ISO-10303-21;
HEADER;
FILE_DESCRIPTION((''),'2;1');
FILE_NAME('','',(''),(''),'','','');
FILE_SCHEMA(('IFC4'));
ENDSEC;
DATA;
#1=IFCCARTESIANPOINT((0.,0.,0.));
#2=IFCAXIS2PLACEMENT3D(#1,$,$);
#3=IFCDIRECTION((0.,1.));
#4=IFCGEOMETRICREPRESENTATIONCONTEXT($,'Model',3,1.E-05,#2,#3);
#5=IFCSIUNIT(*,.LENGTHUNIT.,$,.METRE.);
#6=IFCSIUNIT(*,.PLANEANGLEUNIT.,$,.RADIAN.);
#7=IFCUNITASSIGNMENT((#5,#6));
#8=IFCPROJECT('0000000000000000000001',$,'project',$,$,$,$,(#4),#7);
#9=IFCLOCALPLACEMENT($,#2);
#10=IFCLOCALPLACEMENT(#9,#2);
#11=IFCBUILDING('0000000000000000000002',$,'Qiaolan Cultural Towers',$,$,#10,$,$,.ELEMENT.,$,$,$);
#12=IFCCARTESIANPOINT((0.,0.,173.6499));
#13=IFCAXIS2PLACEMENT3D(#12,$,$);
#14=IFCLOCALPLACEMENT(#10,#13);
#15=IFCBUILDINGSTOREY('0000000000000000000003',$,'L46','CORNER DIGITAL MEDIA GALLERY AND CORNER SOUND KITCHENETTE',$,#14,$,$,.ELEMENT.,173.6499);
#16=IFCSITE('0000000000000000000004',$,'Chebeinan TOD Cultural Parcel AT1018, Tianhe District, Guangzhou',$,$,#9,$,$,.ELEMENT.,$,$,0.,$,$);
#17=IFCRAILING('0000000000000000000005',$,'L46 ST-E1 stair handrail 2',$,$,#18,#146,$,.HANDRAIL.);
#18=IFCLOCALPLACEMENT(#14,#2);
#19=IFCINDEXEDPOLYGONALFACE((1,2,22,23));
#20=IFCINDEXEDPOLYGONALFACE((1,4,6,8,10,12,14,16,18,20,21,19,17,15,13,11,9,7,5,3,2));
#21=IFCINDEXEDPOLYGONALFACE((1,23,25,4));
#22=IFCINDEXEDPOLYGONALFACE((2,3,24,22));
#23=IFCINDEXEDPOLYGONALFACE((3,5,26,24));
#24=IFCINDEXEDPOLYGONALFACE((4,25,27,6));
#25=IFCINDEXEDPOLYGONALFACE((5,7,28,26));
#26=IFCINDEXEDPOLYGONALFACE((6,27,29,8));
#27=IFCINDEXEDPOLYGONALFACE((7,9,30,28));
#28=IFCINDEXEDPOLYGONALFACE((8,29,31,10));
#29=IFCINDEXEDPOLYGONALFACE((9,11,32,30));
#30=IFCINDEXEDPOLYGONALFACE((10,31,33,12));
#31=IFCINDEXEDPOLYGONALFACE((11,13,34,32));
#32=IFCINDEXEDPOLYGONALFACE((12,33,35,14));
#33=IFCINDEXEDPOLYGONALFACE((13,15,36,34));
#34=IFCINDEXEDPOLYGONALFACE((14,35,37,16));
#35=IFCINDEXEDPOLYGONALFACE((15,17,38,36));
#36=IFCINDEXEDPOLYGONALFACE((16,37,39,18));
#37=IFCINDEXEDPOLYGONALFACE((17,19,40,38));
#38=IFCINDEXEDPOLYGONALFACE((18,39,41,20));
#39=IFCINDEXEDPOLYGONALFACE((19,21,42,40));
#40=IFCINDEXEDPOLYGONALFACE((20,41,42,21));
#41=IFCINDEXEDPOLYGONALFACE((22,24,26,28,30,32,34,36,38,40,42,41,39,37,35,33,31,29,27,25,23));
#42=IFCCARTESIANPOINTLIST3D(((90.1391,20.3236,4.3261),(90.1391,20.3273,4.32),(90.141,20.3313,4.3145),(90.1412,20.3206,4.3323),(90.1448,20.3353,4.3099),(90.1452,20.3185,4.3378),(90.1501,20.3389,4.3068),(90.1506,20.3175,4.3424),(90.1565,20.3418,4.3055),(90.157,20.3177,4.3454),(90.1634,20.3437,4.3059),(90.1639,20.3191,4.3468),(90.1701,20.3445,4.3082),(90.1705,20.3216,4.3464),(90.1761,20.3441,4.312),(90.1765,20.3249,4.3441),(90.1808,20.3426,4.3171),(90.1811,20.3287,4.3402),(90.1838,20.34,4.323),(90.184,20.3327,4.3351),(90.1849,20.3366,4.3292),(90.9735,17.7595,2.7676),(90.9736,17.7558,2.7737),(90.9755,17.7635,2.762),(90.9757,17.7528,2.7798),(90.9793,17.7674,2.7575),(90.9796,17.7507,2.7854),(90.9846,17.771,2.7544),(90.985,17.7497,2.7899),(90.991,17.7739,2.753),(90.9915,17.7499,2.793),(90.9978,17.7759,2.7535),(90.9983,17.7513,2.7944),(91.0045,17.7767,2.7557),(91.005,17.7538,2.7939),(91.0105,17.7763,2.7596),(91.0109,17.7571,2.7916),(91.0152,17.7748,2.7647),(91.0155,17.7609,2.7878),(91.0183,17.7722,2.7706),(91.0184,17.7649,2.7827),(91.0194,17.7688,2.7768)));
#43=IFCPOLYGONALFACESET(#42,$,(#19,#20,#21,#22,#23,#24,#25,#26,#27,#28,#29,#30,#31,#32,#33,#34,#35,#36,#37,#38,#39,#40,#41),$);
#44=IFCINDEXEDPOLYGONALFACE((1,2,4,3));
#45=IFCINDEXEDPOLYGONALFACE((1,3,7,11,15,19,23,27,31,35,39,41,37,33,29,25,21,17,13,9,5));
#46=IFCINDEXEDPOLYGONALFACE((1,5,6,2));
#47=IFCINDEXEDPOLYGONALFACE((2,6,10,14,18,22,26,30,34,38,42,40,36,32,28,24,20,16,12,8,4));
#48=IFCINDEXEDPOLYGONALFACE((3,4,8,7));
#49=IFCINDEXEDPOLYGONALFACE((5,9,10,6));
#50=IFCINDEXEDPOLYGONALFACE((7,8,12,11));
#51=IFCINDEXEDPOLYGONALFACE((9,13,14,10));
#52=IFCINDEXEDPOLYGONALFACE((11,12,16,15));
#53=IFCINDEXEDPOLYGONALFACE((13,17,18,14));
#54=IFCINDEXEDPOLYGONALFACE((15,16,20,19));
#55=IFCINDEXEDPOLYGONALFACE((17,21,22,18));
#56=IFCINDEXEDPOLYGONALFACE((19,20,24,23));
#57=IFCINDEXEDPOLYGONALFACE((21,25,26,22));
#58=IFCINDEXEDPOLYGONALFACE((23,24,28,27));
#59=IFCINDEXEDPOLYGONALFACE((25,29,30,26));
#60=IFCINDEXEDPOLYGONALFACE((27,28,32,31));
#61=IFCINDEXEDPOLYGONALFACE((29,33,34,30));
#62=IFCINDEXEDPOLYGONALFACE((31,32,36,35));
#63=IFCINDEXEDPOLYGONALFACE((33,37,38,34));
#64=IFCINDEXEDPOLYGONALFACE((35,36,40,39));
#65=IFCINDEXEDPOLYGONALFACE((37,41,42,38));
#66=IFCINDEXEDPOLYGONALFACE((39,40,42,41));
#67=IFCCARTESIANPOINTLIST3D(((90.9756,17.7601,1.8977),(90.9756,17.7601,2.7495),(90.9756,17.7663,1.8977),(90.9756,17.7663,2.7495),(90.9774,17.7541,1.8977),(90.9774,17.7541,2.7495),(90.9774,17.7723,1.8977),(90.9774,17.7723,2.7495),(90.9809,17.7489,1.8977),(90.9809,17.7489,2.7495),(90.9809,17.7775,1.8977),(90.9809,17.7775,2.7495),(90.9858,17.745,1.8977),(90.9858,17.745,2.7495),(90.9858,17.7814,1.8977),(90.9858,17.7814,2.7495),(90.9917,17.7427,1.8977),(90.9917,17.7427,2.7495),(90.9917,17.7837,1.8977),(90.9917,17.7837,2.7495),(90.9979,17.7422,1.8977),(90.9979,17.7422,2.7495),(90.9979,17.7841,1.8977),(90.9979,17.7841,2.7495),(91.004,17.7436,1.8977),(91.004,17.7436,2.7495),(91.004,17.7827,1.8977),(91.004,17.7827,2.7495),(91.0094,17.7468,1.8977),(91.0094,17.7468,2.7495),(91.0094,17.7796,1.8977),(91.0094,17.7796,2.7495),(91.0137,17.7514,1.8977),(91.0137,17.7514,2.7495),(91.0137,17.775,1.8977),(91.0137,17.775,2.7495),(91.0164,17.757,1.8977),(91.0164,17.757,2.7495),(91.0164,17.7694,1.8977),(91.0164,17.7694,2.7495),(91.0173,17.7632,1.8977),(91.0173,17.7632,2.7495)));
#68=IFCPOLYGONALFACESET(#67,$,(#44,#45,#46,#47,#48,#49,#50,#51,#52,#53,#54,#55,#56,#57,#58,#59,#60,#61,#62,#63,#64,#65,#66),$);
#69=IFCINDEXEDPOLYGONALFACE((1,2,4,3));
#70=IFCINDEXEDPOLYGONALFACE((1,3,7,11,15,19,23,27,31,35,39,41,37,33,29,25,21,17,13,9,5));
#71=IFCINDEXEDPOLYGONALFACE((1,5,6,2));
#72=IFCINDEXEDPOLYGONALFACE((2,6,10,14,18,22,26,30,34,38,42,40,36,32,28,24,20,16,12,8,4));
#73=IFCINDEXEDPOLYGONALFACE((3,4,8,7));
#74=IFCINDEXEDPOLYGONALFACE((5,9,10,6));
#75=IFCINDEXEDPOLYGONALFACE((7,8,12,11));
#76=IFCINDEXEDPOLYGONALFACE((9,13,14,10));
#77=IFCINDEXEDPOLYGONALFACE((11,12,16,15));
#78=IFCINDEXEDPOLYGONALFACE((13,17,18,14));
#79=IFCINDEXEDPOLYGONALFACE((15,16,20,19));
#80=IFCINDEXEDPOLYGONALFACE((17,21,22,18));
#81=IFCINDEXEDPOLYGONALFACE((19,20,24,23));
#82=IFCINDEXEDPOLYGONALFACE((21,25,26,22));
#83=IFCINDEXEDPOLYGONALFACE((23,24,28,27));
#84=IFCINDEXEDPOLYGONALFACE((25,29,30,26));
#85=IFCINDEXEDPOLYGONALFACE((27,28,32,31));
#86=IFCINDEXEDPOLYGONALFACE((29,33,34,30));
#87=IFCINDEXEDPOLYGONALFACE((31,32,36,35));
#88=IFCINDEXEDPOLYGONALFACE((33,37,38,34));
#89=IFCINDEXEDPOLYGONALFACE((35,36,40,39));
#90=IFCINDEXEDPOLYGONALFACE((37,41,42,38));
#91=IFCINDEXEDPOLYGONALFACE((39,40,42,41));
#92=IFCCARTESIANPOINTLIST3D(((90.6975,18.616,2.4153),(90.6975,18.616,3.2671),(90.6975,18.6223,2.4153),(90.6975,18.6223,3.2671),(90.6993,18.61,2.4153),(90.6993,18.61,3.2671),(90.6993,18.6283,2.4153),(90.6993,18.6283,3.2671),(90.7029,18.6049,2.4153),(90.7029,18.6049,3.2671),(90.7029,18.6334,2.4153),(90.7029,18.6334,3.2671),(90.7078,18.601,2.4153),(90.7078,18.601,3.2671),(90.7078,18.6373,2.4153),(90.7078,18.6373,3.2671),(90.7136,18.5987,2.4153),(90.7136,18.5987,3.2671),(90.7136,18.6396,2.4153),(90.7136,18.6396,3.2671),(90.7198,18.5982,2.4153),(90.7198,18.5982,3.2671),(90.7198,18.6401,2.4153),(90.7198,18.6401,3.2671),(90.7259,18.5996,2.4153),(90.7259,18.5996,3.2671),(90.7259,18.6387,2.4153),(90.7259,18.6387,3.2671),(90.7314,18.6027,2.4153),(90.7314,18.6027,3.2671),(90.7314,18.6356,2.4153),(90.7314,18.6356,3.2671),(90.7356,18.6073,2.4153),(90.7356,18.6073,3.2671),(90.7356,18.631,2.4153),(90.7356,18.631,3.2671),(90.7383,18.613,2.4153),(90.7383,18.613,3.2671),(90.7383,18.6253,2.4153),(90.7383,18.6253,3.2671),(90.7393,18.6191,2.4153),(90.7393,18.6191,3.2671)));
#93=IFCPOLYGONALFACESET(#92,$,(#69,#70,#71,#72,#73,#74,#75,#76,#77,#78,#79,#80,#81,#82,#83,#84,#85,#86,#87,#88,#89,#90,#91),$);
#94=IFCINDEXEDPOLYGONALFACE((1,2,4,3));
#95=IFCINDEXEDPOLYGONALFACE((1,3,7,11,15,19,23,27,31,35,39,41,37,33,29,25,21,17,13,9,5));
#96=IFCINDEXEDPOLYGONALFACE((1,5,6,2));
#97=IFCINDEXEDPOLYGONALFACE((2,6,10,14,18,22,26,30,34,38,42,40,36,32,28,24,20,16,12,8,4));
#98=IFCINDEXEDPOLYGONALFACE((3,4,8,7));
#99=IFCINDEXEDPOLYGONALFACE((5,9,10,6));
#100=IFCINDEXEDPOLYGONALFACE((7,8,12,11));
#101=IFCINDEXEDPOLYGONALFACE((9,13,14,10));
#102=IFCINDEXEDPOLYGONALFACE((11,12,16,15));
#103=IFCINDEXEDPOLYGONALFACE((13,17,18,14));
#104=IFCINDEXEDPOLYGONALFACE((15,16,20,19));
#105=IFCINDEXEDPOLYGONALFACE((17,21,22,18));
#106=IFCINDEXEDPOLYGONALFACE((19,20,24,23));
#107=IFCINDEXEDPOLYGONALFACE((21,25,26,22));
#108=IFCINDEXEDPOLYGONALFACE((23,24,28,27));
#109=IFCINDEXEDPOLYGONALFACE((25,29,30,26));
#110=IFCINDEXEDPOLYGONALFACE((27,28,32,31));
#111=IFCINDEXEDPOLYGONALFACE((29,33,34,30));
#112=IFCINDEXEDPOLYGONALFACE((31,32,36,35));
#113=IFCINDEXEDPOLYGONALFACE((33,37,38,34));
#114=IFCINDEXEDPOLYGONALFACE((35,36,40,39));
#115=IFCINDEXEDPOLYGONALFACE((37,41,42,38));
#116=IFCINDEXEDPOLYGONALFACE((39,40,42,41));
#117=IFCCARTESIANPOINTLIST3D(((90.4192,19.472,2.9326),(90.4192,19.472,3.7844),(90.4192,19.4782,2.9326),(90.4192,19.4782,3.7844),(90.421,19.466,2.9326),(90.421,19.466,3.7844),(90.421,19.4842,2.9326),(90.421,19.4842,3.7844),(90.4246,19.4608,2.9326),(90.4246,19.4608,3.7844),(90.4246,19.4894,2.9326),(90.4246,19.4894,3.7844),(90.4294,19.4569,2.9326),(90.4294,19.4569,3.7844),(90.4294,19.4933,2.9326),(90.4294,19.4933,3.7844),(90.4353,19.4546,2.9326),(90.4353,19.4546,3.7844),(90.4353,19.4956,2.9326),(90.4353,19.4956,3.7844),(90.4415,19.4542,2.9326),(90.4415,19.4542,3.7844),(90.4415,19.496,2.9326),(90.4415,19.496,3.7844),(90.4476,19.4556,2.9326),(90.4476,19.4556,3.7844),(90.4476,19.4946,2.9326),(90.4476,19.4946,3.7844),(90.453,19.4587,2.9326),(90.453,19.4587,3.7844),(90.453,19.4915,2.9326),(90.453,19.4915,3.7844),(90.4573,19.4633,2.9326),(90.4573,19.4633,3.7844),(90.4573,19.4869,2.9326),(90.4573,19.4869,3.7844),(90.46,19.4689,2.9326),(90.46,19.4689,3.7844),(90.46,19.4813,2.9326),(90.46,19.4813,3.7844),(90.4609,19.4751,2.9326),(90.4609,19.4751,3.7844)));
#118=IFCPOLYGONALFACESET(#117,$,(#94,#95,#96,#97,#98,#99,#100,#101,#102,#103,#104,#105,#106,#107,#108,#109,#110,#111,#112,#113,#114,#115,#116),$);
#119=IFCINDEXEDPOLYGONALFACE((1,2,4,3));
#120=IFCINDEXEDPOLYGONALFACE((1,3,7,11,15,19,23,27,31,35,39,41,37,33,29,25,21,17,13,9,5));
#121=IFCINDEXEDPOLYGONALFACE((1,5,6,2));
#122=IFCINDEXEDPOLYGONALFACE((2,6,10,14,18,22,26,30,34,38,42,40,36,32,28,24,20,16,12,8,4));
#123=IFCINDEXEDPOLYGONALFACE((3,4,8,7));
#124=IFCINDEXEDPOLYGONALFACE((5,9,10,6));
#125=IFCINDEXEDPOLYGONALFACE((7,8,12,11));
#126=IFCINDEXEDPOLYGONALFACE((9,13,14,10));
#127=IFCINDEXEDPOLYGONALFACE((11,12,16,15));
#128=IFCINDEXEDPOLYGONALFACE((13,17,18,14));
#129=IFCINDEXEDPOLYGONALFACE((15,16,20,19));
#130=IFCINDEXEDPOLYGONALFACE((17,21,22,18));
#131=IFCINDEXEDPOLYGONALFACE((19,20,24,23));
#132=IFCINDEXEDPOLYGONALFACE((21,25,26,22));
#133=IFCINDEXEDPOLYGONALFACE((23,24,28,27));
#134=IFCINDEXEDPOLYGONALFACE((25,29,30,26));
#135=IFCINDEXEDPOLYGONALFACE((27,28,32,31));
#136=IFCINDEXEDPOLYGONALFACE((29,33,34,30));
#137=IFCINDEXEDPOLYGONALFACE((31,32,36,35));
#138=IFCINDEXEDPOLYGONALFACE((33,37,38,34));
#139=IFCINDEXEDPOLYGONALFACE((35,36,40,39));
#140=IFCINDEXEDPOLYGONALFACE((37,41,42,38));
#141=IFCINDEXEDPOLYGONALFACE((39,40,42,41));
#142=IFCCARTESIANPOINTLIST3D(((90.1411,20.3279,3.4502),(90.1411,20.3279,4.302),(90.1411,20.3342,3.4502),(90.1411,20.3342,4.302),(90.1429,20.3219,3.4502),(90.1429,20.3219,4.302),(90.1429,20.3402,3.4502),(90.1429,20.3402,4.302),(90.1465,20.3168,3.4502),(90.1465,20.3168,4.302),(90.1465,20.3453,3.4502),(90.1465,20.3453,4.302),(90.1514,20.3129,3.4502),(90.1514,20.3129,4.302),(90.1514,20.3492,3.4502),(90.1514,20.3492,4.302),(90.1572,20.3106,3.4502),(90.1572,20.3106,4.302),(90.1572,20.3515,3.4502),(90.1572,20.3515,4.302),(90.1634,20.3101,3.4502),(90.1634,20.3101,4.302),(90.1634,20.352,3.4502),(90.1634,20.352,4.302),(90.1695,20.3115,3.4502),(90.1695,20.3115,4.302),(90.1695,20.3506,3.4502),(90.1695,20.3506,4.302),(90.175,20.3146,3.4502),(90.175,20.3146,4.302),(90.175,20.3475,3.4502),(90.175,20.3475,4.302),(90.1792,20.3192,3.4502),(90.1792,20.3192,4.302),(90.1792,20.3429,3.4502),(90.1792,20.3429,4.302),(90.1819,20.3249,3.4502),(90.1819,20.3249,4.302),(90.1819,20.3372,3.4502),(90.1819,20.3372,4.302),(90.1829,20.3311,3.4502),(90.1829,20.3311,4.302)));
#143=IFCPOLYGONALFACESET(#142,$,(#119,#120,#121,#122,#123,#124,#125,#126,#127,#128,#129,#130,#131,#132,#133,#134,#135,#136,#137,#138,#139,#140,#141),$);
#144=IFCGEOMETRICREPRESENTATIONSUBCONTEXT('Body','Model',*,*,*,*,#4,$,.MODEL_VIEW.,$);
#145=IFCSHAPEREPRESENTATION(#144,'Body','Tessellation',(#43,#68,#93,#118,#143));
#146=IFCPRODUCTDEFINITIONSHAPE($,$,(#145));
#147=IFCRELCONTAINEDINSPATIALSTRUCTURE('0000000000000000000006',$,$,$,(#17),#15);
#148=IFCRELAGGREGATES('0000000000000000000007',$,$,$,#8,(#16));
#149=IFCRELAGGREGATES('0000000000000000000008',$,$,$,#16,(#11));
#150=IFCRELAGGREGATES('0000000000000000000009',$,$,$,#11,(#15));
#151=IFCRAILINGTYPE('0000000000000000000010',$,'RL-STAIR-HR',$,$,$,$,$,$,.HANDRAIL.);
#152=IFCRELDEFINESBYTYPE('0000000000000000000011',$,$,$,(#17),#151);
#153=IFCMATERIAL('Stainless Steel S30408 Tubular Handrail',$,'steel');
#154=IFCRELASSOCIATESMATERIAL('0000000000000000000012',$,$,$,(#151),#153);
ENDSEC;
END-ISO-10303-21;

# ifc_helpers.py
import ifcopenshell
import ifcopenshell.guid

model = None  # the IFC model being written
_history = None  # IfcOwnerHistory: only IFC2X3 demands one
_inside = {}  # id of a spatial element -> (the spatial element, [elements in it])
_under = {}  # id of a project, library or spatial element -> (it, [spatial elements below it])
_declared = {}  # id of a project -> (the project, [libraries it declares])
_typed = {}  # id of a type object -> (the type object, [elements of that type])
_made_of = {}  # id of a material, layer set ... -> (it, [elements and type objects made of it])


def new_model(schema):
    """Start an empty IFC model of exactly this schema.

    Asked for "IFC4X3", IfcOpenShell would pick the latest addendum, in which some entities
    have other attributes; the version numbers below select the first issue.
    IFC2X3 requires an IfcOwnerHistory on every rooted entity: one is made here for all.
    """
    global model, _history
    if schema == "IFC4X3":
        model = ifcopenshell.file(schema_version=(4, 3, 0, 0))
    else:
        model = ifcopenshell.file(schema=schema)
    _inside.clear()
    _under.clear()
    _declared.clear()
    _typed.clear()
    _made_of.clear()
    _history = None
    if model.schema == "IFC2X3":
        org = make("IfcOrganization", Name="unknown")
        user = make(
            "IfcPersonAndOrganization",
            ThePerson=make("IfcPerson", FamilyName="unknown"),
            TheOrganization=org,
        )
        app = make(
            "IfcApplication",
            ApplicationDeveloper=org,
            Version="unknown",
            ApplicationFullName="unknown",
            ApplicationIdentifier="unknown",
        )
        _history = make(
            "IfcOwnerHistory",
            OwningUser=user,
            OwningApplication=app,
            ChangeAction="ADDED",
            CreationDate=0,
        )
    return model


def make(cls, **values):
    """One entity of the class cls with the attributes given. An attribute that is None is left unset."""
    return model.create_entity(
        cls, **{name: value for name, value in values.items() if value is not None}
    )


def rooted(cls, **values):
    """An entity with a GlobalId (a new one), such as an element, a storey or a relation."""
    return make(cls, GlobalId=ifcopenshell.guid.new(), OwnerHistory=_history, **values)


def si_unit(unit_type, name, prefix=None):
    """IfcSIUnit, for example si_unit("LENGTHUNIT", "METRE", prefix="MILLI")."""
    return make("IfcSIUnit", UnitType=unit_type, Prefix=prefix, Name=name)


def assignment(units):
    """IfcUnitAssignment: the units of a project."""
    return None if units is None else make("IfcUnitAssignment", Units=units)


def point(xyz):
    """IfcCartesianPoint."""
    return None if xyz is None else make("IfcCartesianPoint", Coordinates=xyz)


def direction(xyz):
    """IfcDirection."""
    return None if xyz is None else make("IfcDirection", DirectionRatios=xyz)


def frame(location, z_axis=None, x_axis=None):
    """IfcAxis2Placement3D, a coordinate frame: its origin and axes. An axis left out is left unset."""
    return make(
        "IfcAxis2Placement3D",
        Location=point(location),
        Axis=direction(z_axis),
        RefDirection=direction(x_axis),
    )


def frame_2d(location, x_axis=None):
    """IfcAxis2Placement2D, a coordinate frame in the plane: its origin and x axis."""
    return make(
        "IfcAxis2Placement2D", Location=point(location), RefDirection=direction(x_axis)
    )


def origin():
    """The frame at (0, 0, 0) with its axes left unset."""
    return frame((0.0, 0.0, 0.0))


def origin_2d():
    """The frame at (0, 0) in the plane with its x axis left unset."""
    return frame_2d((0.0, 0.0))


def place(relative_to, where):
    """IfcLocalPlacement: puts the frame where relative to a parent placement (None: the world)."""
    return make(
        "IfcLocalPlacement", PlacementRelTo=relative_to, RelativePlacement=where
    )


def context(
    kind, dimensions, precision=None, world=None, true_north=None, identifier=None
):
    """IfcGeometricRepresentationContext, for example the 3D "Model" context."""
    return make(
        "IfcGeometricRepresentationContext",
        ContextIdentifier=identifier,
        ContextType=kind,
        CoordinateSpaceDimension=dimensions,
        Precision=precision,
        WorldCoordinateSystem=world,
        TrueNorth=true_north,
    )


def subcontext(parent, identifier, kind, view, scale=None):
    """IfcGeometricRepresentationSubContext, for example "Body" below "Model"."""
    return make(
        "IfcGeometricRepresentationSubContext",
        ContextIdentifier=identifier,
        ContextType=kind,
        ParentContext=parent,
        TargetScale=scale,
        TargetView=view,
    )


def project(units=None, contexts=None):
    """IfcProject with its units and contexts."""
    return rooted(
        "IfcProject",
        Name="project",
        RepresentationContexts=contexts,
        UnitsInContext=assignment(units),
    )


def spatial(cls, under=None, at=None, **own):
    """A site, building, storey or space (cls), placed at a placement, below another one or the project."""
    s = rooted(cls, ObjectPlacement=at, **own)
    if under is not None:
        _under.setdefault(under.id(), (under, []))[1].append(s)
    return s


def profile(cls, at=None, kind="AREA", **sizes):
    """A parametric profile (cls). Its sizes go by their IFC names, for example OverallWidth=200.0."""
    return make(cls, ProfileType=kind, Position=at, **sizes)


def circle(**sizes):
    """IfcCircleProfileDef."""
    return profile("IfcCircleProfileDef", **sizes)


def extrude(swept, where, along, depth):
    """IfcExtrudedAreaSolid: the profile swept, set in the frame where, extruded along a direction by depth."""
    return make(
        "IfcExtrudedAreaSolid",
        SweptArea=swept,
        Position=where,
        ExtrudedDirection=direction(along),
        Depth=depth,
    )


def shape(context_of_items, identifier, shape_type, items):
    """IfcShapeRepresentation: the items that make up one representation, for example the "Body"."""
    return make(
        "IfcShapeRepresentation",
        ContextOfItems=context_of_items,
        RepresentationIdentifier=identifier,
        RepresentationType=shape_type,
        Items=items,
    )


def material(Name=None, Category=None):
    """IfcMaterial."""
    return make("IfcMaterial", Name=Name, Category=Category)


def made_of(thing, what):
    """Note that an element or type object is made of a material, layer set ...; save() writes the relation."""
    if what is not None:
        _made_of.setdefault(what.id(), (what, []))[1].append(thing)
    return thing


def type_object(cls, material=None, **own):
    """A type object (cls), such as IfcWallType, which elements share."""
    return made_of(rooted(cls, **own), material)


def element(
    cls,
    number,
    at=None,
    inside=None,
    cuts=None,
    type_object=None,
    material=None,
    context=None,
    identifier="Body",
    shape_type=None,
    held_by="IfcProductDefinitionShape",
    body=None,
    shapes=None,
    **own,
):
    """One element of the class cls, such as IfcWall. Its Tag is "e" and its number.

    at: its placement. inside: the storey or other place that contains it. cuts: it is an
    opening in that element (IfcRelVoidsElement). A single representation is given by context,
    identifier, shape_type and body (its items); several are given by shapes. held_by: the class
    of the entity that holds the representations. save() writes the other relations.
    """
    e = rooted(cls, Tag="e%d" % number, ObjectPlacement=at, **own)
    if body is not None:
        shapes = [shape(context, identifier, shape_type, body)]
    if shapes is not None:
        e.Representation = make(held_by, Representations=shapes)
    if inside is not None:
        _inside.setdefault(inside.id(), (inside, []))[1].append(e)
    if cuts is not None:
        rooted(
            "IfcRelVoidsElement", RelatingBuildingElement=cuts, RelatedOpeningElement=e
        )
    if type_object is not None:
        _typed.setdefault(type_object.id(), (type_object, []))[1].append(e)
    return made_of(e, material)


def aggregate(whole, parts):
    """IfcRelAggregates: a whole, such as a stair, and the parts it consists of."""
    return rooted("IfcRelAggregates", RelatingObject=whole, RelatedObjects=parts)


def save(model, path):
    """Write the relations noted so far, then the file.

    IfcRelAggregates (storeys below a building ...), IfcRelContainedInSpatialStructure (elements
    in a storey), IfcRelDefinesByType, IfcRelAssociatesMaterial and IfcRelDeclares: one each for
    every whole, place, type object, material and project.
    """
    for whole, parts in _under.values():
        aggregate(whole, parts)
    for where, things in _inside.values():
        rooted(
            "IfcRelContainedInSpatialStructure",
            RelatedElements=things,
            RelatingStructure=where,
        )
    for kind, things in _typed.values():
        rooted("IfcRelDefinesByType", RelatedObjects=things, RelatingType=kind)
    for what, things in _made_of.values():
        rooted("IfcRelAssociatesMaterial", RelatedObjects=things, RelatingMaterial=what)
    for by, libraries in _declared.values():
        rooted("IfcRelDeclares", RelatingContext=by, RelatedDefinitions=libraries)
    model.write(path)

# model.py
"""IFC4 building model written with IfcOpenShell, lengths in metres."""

from ifc_helpers import new_model, si_unit, direction, frame, origin, origin_2d, place, context, subcontext, project, spatial, circle, extrude, material, type_object, element, save


model = new_model("IFC4")

# Units and contexts
model_context = context("Model", 3, precision=1e-05, world=origin(), true_north=direction((0.0, 1.0)))
body_context = subcontext(model_context, "Body", "Model", "MODEL_VIEW")
ifc_project = project(units=[si_unit("LENGTHUNIT", "METRE"), si_unit("PLANEANGLEUNIT", "RADIAN")], contexts=[model_context])

# Site, building, storey
site_placement = place(None, origin())
site = spatial("IfcSite", under=ifc_project, at=site_placement, Name="Chebeinan TOD Cultural Parcel AT1018, Tianhe District, Guangzhou", CompositionType="ELEMENT", RefElevation=0.0)
building_placement = place(site_placement, origin())
building = spatial("IfcBuilding", under=site, at=building_placement, Name="Qiaolan Cultural Towers", CompositionType="ELEMENT")
storey_placement = place(building_placement, frame((0.0, 0.0, 173.6499)))
storey = spatial("IfcBuildingStorey", under=building, at=storey_placement, Name="L46", Description="CORNER DIGITAL MEDIA GALLERY AND CORNER SOUND KITCHENETTE", CompositionType="ELEMENT", Elevation=173.6499)

# Railing
ifc_material_1 = material(Name="Stainless Steel S30408 Tubular Handrail", Category="steel")
railing_type = type_object("IfcRailingType", Name="RL-STAIR-HR", PredefinedType="HANDRAIL", material=ifc_material_1)
railing_placement = place(storey_placement, frame((90.9963, 17.7632, 1.8977)))
element("IfcRailing", 1, at=railing_placement, inside=storey, type_object=railing_type, Name="L46 ST-E1 stair handrail 2", PredefinedType="HANDRAIL", context=body_context, shape_type="SweptSolid", body=[
    extrude(circle(Radius=0.0239, at=origin_2d()), frame((0.0, 0.0, 0.876), z_axis=(-0.267926, 0.824471, 0.498461), x_axis=(-0.951043, -0.309057, 0.0)), (0.0, 0.0, 1.0), 3.1145),
    extrude(circle(Radius=0.021, at=origin_2d()), origin(), (0.0, 0.0, 1.0), 0.8518),
    extrude(circle(Radius=0.021, at=origin_2d()), frame((-0.2781, 0.856, 0.5176)), (0.0, 0.0, 1.0), 0.8518),
    extrude(circle(Radius=0.021, at=origin_2d()), frame((-0.5564, 1.7119, 1.0349)), (0.0, 0.0, 1.0), 0.8518),
    extrude(circle(Radius=0.021, at=origin_2d()), frame((-0.8345, 2.5679, 1.5525)), (0.0, 0.0, 1.0), 0.8518),
])

save(model, "model.ifc")
